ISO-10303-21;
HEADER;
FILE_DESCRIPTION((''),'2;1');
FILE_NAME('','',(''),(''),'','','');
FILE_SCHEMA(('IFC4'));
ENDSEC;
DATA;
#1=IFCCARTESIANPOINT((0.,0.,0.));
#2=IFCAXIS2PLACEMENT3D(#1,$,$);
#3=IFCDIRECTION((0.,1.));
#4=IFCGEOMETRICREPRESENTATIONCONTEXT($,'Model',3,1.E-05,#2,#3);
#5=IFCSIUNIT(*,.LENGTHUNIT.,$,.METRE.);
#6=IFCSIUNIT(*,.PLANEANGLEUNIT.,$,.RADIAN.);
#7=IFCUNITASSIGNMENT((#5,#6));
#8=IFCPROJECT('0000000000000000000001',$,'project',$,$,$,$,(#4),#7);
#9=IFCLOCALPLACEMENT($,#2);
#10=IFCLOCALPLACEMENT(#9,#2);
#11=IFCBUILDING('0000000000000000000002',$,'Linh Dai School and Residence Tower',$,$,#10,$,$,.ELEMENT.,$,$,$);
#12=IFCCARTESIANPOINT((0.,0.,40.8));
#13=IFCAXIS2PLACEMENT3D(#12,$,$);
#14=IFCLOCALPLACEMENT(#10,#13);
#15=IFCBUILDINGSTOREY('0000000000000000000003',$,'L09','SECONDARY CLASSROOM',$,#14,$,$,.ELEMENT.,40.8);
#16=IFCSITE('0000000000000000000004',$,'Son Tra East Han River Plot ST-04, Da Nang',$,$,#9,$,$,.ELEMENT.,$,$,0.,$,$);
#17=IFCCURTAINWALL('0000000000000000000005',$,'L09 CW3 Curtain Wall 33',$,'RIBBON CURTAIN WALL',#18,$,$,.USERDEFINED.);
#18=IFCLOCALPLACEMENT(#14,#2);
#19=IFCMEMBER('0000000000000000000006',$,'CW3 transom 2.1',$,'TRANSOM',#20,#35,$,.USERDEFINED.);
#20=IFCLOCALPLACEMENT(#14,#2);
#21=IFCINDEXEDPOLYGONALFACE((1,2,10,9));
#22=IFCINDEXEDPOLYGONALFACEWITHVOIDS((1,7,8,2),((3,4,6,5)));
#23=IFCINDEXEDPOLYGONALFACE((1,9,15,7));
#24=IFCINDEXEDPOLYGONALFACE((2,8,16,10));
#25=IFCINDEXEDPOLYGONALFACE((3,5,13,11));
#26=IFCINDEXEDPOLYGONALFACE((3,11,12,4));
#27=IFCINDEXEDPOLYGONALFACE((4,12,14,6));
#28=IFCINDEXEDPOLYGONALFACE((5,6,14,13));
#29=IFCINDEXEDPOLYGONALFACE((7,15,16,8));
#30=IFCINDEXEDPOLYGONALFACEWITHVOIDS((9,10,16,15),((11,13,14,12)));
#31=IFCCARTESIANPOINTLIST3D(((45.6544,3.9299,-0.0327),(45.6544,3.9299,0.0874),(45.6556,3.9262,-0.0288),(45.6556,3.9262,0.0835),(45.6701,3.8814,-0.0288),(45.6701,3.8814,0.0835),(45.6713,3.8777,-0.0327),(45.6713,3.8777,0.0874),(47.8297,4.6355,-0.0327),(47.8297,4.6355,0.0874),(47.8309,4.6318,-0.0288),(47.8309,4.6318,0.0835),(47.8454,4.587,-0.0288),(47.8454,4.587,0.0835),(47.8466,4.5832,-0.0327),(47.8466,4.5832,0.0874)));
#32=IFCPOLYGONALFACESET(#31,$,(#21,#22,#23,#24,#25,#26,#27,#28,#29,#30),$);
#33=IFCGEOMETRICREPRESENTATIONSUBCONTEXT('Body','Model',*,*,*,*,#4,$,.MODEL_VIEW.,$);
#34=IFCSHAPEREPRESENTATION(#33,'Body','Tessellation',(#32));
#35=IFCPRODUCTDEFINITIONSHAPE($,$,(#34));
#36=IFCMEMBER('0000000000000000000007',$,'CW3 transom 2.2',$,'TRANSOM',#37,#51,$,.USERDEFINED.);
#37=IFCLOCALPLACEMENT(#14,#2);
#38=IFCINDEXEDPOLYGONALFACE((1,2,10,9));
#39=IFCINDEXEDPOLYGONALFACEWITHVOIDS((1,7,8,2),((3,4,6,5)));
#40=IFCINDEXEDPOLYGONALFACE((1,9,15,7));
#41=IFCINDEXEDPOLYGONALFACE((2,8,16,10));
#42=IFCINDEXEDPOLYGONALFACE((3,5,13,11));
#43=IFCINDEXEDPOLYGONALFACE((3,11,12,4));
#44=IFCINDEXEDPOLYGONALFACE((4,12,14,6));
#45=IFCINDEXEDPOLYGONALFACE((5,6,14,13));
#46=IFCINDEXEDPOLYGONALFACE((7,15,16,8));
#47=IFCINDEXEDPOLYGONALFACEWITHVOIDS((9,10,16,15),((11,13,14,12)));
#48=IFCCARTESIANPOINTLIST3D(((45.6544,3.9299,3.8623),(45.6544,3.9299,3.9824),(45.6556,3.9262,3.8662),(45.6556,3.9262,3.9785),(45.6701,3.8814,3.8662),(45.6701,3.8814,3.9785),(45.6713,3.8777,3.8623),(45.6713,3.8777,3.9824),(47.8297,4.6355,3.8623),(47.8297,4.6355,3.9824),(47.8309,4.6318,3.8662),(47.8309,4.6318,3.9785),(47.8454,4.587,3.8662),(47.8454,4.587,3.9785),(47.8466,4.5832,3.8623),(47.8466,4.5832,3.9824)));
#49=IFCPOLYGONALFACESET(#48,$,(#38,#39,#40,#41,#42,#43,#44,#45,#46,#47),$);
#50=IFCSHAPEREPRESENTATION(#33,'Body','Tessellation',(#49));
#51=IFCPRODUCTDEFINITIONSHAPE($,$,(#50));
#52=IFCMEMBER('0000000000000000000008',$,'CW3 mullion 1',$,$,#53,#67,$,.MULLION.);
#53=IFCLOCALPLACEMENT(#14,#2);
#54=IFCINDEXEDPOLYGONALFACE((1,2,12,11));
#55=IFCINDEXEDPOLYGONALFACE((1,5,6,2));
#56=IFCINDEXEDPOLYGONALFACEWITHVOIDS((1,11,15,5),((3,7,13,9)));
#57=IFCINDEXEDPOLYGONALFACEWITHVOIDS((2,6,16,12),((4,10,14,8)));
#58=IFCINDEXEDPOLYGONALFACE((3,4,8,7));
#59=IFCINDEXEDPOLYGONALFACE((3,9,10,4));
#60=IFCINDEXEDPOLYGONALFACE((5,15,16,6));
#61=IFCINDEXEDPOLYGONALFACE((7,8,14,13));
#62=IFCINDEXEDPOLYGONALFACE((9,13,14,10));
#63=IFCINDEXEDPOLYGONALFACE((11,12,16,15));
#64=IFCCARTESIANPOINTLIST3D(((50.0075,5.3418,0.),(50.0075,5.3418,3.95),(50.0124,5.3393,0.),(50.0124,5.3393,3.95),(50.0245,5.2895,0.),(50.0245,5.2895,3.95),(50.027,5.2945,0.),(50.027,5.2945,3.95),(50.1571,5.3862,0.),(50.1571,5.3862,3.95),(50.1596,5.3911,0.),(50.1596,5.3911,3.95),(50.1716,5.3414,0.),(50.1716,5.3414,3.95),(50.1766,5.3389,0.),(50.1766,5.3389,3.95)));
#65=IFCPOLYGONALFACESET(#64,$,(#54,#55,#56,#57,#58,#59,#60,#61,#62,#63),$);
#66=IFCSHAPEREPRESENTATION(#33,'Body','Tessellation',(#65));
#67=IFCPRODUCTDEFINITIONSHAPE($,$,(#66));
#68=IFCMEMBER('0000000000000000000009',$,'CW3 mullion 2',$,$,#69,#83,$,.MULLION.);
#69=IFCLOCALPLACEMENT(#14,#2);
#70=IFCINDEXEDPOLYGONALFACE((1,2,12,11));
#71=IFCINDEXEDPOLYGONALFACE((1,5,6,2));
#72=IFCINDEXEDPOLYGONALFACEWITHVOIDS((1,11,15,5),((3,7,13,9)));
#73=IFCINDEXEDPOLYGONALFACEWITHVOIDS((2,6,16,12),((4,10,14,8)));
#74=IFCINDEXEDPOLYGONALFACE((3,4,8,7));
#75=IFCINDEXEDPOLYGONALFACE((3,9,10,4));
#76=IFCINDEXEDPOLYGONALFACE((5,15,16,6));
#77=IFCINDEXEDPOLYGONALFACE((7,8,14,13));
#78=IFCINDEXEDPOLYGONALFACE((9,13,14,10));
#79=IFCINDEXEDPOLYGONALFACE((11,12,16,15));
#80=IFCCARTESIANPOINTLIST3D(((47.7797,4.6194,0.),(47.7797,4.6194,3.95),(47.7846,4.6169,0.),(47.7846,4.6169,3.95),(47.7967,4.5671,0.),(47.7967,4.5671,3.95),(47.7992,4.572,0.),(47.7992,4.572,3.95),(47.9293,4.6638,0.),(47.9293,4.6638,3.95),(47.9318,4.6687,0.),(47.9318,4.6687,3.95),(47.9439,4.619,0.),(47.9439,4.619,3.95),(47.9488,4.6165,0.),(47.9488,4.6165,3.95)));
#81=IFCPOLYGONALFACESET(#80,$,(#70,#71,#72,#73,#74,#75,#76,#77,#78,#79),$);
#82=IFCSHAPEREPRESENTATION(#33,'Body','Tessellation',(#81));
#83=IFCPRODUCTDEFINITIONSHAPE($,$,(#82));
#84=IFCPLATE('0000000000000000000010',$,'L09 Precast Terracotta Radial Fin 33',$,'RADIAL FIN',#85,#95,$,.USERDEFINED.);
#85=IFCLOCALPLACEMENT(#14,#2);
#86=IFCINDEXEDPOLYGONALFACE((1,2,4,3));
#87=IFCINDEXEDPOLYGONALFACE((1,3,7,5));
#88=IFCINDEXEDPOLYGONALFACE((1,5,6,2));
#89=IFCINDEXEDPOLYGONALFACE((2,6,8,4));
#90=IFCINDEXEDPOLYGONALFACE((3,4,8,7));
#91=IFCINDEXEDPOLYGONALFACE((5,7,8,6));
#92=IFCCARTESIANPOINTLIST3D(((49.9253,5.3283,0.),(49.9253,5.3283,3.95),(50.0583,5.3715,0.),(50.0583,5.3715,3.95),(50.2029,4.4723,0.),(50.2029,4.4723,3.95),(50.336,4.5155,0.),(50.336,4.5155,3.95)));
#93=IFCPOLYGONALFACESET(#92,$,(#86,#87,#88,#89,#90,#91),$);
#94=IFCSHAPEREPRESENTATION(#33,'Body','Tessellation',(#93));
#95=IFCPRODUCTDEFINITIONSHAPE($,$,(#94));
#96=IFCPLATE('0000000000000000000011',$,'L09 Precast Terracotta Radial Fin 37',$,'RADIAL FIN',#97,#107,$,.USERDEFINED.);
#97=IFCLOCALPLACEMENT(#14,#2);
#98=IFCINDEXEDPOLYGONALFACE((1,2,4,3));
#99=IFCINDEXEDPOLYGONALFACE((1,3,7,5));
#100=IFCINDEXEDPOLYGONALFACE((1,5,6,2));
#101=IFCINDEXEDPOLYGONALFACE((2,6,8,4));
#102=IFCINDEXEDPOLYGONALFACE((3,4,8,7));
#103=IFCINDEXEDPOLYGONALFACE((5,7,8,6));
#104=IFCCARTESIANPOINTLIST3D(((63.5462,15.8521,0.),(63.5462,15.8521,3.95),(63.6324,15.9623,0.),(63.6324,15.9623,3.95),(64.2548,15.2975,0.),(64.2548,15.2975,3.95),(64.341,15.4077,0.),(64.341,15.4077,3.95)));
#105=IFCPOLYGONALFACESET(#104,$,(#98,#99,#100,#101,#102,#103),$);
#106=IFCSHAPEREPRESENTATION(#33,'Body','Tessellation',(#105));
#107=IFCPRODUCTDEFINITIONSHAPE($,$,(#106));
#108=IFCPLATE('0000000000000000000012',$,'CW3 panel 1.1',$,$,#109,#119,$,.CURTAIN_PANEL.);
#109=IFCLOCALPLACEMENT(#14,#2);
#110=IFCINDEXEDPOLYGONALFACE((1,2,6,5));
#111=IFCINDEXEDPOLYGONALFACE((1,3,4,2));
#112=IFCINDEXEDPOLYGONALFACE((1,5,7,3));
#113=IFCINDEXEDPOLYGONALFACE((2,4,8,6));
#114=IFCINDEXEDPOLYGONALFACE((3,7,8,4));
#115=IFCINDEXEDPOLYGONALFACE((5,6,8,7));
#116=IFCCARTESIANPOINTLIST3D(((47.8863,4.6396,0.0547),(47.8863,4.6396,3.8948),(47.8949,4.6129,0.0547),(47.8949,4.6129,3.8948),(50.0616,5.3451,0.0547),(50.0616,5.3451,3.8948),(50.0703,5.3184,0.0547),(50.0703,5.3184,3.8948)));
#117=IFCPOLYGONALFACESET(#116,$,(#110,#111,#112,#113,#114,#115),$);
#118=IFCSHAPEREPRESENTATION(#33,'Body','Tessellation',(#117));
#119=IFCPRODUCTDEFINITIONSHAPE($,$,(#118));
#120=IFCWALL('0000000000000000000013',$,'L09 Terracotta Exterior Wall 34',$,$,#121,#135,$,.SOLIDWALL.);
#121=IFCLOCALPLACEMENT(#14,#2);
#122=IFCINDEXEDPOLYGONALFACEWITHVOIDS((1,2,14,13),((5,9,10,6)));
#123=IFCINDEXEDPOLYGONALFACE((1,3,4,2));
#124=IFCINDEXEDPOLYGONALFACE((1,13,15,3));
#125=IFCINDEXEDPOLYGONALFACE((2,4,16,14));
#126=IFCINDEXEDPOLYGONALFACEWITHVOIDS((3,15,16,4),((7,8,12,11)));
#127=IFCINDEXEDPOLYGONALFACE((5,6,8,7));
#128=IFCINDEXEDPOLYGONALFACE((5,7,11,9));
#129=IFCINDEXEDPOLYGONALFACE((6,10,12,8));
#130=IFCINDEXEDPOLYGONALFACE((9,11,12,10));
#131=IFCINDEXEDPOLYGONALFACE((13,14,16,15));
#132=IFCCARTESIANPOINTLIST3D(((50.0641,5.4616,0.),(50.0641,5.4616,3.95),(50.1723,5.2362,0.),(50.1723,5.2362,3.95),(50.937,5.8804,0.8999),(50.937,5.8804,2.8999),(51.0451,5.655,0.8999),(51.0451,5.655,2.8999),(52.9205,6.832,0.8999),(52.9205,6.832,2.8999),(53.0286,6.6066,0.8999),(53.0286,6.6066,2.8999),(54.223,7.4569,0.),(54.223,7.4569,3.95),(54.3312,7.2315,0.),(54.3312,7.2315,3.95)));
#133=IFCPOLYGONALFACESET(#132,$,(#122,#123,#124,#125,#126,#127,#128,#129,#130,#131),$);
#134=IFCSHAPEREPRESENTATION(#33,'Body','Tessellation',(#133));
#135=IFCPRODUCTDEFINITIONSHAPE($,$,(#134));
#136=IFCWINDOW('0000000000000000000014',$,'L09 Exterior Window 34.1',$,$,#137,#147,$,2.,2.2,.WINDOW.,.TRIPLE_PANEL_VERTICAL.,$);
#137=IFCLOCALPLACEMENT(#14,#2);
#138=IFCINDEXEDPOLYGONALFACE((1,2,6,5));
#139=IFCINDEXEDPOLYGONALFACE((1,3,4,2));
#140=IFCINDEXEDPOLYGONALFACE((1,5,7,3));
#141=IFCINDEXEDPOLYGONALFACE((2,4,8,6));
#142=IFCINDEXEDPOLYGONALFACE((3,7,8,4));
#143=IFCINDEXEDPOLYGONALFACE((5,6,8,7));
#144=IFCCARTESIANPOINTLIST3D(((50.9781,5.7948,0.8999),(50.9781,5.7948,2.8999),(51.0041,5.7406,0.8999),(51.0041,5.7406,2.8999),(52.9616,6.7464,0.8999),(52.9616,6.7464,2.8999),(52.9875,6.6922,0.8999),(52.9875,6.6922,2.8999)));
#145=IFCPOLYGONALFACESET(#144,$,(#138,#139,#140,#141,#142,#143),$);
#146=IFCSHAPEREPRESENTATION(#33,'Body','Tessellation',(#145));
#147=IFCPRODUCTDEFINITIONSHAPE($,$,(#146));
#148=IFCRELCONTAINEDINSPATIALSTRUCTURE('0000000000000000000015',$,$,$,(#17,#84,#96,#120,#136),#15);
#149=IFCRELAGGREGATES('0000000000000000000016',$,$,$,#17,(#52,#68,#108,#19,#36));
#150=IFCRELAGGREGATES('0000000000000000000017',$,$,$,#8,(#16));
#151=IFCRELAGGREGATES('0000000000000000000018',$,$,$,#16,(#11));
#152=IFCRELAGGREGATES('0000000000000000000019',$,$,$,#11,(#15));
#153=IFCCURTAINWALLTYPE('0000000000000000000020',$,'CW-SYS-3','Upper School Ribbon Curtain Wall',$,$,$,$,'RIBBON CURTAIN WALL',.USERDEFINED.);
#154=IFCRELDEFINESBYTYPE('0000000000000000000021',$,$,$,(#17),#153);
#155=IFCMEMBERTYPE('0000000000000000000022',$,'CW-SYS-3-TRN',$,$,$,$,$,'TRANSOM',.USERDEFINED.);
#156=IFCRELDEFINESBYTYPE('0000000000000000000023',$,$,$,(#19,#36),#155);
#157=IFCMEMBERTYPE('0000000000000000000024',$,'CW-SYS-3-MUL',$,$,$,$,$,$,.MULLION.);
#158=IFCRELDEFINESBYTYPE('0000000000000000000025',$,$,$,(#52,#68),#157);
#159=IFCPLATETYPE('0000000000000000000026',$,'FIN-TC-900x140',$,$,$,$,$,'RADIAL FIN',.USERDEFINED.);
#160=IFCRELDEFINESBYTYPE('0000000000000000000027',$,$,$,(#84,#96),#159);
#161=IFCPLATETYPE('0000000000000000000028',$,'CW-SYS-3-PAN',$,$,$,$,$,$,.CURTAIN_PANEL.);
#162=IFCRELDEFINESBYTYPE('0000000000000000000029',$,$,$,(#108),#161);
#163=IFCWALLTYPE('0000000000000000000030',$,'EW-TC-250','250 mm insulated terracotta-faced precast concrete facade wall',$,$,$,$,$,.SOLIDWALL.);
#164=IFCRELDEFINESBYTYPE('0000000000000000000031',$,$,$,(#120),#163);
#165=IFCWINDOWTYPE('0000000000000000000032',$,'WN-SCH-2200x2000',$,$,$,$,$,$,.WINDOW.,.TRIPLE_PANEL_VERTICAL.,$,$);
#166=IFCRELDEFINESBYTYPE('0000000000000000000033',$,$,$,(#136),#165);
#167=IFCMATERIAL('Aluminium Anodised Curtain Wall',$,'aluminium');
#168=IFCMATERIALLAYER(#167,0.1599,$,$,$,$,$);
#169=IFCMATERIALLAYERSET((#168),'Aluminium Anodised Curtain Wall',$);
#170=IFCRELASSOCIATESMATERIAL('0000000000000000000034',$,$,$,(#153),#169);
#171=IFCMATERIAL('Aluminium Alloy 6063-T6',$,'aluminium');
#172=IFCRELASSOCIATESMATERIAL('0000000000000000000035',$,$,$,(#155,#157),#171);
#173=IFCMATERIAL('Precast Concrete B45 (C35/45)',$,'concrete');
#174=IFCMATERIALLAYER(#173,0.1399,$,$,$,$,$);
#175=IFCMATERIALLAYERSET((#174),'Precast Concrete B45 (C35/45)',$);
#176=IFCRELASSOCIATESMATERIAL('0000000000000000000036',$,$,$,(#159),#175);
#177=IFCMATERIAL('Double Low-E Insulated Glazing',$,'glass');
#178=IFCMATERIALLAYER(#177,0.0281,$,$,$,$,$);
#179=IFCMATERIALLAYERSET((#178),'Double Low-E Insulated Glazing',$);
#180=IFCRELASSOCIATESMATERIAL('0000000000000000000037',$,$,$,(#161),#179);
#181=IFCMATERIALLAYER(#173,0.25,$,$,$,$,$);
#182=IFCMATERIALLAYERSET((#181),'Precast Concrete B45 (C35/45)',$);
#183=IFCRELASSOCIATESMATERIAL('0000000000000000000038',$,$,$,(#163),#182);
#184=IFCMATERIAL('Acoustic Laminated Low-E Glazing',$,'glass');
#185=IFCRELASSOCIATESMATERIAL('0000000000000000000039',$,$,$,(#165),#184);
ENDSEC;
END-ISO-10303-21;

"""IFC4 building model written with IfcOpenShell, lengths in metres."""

from ifc_helpers import new_model, si_unit, direction, frame, frame_2d, origin, origin_2d, place, context, subcontext, project, spatial, rectangle, hollow_rectangle, extrude, source, transform, mapped, material, layer, layer_set, material_profile, profile_set, type_object, element, fill, aggregate, save


model = new_model("IFC4")

# Units and contexts
model_context = context("Model", 3, precision=1e-05, world=origin(), true_north=direction((0.0, 1.0)))
body_context = subcontext(model_context, "Body", "Model", "MODEL_VIEW")
ifc_project = project(units=[si_unit("LENGTHUNIT", "METRE"), si_unit("PLANEANGLEUNIT", "RADIAN")], contexts=[model_context])

# Site, building, storey
site_placement = place(None, origin())
site = spatial("IfcSite", under=ifc_project, at=site_placement, Name="Son Tra East Han River Plot ST-04, Da Nang", CompositionType="ELEMENT", RefElevation=0.0)
building_placement = place(site_placement, origin())
building = spatial("IfcBuilding", under=site, at=building_placement, Name="Linh Dai School and Residence Tower", CompositionType="ELEMENT")
storey_placement = place(building_placement, frame((0.0, 0.0, 40.8)))
storey = spatial("IfcBuildingStorey", under=building, at=storey_placement, Name="L09", Description="SECONDARY CLASSROOM", CompositionType="ELEMENT", Elevation=40.8)

# Curtain wall, members
ifc_material_1 = material(Name="Aluminium Anodised Curtain Wall", Category="aluminium")
ifc_layer_1 = layer(ifc_material_1, 0.1599)
ifc_layer_set_1 = layer_set([ifc_layer_1], Name="Aluminium Anodised Curtain Wall")
curtain_wall_type = type_object("IfcCurtainWallType", Name="CW-SYS-3", Description="Upper School Ribbon Curtain Wall", ElementType="RIBBON CURTAIN WALL", PredefinedType="USERDEFINED", material=ifc_layer_set_1)
curtain_wall_placement = place(storey_placement, origin())
curtain_wall = element("IfcCurtainWall", 1, at=curtain_wall_placement, inside=storey, type_object=curtain_wall_type, Name="L09 CW3 Curtain Wall 33", ObjectType="RIBBON CURTAIN WALL", PredefinedType="USERDEFINED")
ifc_material_2 = material(Name="Aluminium Alloy 6063-T6", Category="aluminium")
ifc_material_profile_1 = material_profile(ifc_material_2, hollow_rectangle(XDim=0.0549, YDim=0.1201, WallThickness=0.0039, at=origin_2d()), Name="RHS 120x55x4")
ifc_profile_set_1 = profile_set([ifc_material_profile_1], Name="Aluminium Alloy 6063-T6")
member_type_1 = type_object("IfcMemberType", Name="CW-SYS-3-TRN", ElementType="TRANSOM", PredefinedType="USERDEFINED", material=ifc_profile_set_1)
shared_shape_1 = source(origin(), body_context, "Body", "SweptSolid", [
    extrude(hollow_rectangle(XDim=0.0549, YDim=0.1201, WallThickness=0.0039, at=origin_2d()), origin(), (0.0, 0.0, 1.0), 2.2869),
])
member_1_placement = place(storey_placement, frame((47.8381, 4.6094, 0.0273), z_axis=(-0.951214, -0.308531, 0.0), x_axis=(0.308531, -0.951214, 0.0)))
member_1 = element("IfcMember", 2, at=member_1_placement, type_object=member_type_1, Name="CW3 transom 2.1", ObjectType="TRANSOM", PredefinedType="USERDEFINED", context=body_context, shape_type="MappedRepresentation", body=[
    mapped(shared_shape_1, transform((0.0, 0.0, 0.0), x_axis=(1.0, 0.0, 0.0), y_axis=(0.0, 1.0, 0.0), z_axis=(0.0, 0.0, 1.0), scale=1.0)),
])
member_2_placement = place(storey_placement, frame((47.8381, 4.6094, 3.9224), z_axis=(-0.951214, -0.308531, 0.0), x_axis=(0.308531, -0.951214, 0.0)))
member_2 = element("IfcMember", 3, at=member_2_placement, type_object=member_type_1, Name="CW3 transom 2.2", ObjectType="TRANSOM", PredefinedType="USERDEFINED", context=body_context, shape_type="MappedRepresentation", body=[
    mapped(shared_shape_1, transform((0.0, 0.0, 0.0), x_axis=(1.0, 0.0, 0.0), y_axis=(0.0, 1.0, 0.0), z_axis=(0.0, 0.0, 1.0), scale=1.0)),
])
ifc_material_profile_2 = material_profile(ifc_material_2, hollow_rectangle(XDim=0.0549, YDim=0.1599, WallThickness=0.0039, at=origin_2d()), Name="RHS 160x55x4")
ifc_profile_set_2 = profile_set([ifc_material_profile_2], Name="Aluminium Alloy 6063-T6")
member_type_2 = type_object("IfcMemberType", Name="CW-SYS-3-MUL", PredefinedType="MULLION", material=ifc_profile_set_2)
shared_shape_2 = source(origin(), body_context, "Body", "SweptSolid", [
    extrude(hollow_rectangle(XDim=0.0549, YDim=0.1599, WallThickness=0.0039, at=origin_2d()), origin(), (0.0, 0.0, 1.0), 3.95),
])
member_3_placement = place(storey_placement, frame((50.092, 5.3403, 0.0), z_axis=(0.0, 0.0, 1.0), x_axis=(0.308511, -0.951221, 0.0)))
member_3 = element("IfcMember", 4, at=member_3_placement, type_object=member_type_2, Name="CW3 mullion 1", PredefinedType="MULLION", context=body_context, shape_type="MappedRepresentation", body=[
    mapped(shared_shape_2, transform((0.0, 0.0, 0.0), x_axis=(1.0, 0.0, 0.0), y_axis=(0.0, 1.0, 0.0), z_axis=(0.0, 0.0, 1.0), scale=1.0)),
])
member_4_placement = place(storey_placement, frame((47.8643, 4.6179, 0.0), z_axis=(0.0, 0.0, 1.0), x_axis=(0.308511, -0.951221, 0.0)))
member_4 = element("IfcMember", 5, at=member_4_placement, type_object=member_type_2, Name="CW3 mullion 2", PredefinedType="MULLION", context=body_context, shape_type="MappedRepresentation", body=[
    mapped(shared_shape_2, transform((0.0, 0.0, 0.0), x_axis=(1.0, 0.0, 0.0), y_axis=(0.0, 1.0, 0.0), z_axis=(0.0, 0.0, 1.0), scale=1.0)),
])

# Plates
ifc_material_3 = material(Name="Precast Concrete B45 (C35/45)", Category="concrete")
ifc_layer_2 = layer(ifc_material_3, 0.1399)
ifc_layer_set_2 = layer_set([ifc_layer_2], Name="Precast Concrete B45 (C35/45)")
plate_type_1 = type_object("IfcPlateType", Name="FIN-TC-900x140", ElementType="RADIAL FIN", PredefinedType="USERDEFINED", material=ifc_layer_set_2)
shared_shape_3 = source(origin(), body_context, "Body", "SweptSolid", [
    extrude(rectangle(XDim=0.8999, YDim=0.1399, at=origin_2d()), origin(), (0.0, 0.0, 1.0), 3.95),
])
for number, where, z_axis, x_axis, name in (
    (6, (50.1306, 4.9219, 0.0), (0.0, 0.0, 1.0), (0.308511, -0.951221, 0.0), "L09 Precast Terracotta Radial Fin 33"),
    (7, (63.9436, 15.6299, 0.0), (0.0, 0.0, 1.0), (0.787496, -0.616319, 0.0), "L09 Precast Terracotta Radial Fin 37"),
):
    element("IfcPlate", number, at=place(storey_placement, frame(where, z_axis=z_axis, x_axis=x_axis)), inside=storey, type_object=plate_type_1, Name=name, ObjectType="RADIAL FIN", PredefinedType="USERDEFINED", context=body_context, shape_type="MappedRepresentation", body=[
        mapped(shared_shape_3, transform((0.0, 0.0, 0.0), x_axis=(1.0, 0.0, 0.0), y_axis=(0.0, 1.0, 0.0), z_axis=(0.0, 0.0, 1.0), scale=1.0)),
    ])

# Plate
ifc_material_4 = material(Name="Double Low-E Insulated Glazing", Category="glass")
ifc_layer_3 = layer(ifc_material_4, 0.0281)
ifc_layer_set_3 = layer_set([ifc_layer_3], Name="Double Low-E Insulated Glazing")
plate_type_2 = type_object("IfcPlateType", Name="CW-SYS-3-PAN", PredefinedType="CURTAIN_PANEL", material=ifc_layer_set_3)
shared_shape_4 = source(origin(), body_context, "Body", "SweptSolid", [
    extrude(rectangle(XDim=2.2869, YDim=0.0281, at=origin_2d()), origin(), (0.0, 0.0, 1.0), 3.8401),
])
plate_placement = place(storey_placement, frame((48.9783, 4.979, 0.0547), z_axis=(0.0, 0.0, 1.0), x_axis=(-0.951221, -0.308511, 0.0)))
plate = element("IfcPlate", 8, at=plate_placement, type_object=plate_type_2, Name="CW3 panel 1.1", PredefinedType="CURTAIN_PANEL", context=body_context, shape_type="MappedRepresentation", body=[
    mapped(shared_shape_4, transform((0.0, 0.0, 0.0), x_axis=(1.0, 0.0, 0.0), y_axis=(0.0, 1.0, 0.0), z_axis=(0.0, 0.0, 1.0), scale=1.0)),
])
aggregate(curtain_wall, [member_3, member_4, plate, member_1, member_2])

# Wall, opening, window
ifc_layer_4 = layer(ifc_material_3, 0.25)
ifc_layer_set_4 = layer_set([ifc_layer_4], Name="Precast Concrete B45 (C35/45)")
wall_type_1 = type_object("IfcWallType", Name="EW-TC-250", Description="250 mm insulated terracotta-faced precast concrete facade wall", PredefinedType="SOLIDWALL", material=ifc_layer_set_4)
wall_1_placement = place(storey_placement, frame((54.2771, 7.3442, 0.0), z_axis=(0.0, 0.0, 1.0), x_axis=(-0.901602, -0.432568, 0.0)))
wall_1 = element("IfcWall", 9, at=wall_1_placement, inside=storey, type_object=wall_type_1, Name="L09 Terracotta Exterior Wall 34", PredefinedType="SOLIDWALL", context=body_context, shape_type="SweptSolid", body=[
    extrude(rectangle(XDim=4.6128, YDim=0.25, at=frame_2d((2.3064, 0.0))), origin(), (0.0, 0.0, 1.0), 3.95),
])
opening_1_placement = place(wall_1_placement, frame((1.4446, 0.0, 0.8999)))
opening_1 = element("IfcOpeningElement", 10, at=opening_1_placement, cuts=wall_1, PredefinedType="OPENING", context=body_context, shape_type="SweptSolid", body=[
    extrude(rectangle(XDim=2.2, YDim=2.0, at=origin_2d()), frame((1.1001, 0.135, 1.0), z_axis=(0.0, -1.0, 0.0), x_axis=(1.0, 0.0, 0.0)), (0.0, 0.0, 1.0), 0.27),
])
ifc_material_5 = material(Name="Acoustic Laminated Low-E Glazing", Category="glass")
window_type_1 = type_object("IfcWindowType", Name="WN-SCH-2200x2000", PartitioningType="TRIPLE_PANEL_VERTICAL", PredefinedType="WINDOW", material=ifc_material_5)
shared_shape_5 = source(origin(), body_context, "Body", "SweptSolid", [
    extrude(rectangle(XDim=2.2, YDim=2.0, at=origin_2d()), frame((1.1001, 0.03, 1.0), z_axis=(0.0, -1.0, 0.0), x_axis=(1.0, 0.0, 0.0)), (0.0, 0.0, 1.0), 0.0601),
])
window_1_placement = place(opening_1_placement, origin())
window_1 = element("IfcWindow", 11, at=window_1_placement, inside=storey, type_object=window_type_1, Name="L09 Exterior Window 34.1", OverallHeight=2.0, OverallWidth=2.2, PartitioningType="TRIPLE_PANEL_VERTICAL", PredefinedType="WINDOW", context=body_context, shape_type="MappedRepresentation", body=[
    mapped(shared_shape_5, transform((0.0, 0.0, 0.0), x_axis=(1.0, 0.0, 0.0), y_axis=(0.0, 1.0, 0.0), z_axis=(0.0, 0.0, 1.0), scale=1.0)),
])
fill(opening_1, window_1)

save(model, "model.ifc")
